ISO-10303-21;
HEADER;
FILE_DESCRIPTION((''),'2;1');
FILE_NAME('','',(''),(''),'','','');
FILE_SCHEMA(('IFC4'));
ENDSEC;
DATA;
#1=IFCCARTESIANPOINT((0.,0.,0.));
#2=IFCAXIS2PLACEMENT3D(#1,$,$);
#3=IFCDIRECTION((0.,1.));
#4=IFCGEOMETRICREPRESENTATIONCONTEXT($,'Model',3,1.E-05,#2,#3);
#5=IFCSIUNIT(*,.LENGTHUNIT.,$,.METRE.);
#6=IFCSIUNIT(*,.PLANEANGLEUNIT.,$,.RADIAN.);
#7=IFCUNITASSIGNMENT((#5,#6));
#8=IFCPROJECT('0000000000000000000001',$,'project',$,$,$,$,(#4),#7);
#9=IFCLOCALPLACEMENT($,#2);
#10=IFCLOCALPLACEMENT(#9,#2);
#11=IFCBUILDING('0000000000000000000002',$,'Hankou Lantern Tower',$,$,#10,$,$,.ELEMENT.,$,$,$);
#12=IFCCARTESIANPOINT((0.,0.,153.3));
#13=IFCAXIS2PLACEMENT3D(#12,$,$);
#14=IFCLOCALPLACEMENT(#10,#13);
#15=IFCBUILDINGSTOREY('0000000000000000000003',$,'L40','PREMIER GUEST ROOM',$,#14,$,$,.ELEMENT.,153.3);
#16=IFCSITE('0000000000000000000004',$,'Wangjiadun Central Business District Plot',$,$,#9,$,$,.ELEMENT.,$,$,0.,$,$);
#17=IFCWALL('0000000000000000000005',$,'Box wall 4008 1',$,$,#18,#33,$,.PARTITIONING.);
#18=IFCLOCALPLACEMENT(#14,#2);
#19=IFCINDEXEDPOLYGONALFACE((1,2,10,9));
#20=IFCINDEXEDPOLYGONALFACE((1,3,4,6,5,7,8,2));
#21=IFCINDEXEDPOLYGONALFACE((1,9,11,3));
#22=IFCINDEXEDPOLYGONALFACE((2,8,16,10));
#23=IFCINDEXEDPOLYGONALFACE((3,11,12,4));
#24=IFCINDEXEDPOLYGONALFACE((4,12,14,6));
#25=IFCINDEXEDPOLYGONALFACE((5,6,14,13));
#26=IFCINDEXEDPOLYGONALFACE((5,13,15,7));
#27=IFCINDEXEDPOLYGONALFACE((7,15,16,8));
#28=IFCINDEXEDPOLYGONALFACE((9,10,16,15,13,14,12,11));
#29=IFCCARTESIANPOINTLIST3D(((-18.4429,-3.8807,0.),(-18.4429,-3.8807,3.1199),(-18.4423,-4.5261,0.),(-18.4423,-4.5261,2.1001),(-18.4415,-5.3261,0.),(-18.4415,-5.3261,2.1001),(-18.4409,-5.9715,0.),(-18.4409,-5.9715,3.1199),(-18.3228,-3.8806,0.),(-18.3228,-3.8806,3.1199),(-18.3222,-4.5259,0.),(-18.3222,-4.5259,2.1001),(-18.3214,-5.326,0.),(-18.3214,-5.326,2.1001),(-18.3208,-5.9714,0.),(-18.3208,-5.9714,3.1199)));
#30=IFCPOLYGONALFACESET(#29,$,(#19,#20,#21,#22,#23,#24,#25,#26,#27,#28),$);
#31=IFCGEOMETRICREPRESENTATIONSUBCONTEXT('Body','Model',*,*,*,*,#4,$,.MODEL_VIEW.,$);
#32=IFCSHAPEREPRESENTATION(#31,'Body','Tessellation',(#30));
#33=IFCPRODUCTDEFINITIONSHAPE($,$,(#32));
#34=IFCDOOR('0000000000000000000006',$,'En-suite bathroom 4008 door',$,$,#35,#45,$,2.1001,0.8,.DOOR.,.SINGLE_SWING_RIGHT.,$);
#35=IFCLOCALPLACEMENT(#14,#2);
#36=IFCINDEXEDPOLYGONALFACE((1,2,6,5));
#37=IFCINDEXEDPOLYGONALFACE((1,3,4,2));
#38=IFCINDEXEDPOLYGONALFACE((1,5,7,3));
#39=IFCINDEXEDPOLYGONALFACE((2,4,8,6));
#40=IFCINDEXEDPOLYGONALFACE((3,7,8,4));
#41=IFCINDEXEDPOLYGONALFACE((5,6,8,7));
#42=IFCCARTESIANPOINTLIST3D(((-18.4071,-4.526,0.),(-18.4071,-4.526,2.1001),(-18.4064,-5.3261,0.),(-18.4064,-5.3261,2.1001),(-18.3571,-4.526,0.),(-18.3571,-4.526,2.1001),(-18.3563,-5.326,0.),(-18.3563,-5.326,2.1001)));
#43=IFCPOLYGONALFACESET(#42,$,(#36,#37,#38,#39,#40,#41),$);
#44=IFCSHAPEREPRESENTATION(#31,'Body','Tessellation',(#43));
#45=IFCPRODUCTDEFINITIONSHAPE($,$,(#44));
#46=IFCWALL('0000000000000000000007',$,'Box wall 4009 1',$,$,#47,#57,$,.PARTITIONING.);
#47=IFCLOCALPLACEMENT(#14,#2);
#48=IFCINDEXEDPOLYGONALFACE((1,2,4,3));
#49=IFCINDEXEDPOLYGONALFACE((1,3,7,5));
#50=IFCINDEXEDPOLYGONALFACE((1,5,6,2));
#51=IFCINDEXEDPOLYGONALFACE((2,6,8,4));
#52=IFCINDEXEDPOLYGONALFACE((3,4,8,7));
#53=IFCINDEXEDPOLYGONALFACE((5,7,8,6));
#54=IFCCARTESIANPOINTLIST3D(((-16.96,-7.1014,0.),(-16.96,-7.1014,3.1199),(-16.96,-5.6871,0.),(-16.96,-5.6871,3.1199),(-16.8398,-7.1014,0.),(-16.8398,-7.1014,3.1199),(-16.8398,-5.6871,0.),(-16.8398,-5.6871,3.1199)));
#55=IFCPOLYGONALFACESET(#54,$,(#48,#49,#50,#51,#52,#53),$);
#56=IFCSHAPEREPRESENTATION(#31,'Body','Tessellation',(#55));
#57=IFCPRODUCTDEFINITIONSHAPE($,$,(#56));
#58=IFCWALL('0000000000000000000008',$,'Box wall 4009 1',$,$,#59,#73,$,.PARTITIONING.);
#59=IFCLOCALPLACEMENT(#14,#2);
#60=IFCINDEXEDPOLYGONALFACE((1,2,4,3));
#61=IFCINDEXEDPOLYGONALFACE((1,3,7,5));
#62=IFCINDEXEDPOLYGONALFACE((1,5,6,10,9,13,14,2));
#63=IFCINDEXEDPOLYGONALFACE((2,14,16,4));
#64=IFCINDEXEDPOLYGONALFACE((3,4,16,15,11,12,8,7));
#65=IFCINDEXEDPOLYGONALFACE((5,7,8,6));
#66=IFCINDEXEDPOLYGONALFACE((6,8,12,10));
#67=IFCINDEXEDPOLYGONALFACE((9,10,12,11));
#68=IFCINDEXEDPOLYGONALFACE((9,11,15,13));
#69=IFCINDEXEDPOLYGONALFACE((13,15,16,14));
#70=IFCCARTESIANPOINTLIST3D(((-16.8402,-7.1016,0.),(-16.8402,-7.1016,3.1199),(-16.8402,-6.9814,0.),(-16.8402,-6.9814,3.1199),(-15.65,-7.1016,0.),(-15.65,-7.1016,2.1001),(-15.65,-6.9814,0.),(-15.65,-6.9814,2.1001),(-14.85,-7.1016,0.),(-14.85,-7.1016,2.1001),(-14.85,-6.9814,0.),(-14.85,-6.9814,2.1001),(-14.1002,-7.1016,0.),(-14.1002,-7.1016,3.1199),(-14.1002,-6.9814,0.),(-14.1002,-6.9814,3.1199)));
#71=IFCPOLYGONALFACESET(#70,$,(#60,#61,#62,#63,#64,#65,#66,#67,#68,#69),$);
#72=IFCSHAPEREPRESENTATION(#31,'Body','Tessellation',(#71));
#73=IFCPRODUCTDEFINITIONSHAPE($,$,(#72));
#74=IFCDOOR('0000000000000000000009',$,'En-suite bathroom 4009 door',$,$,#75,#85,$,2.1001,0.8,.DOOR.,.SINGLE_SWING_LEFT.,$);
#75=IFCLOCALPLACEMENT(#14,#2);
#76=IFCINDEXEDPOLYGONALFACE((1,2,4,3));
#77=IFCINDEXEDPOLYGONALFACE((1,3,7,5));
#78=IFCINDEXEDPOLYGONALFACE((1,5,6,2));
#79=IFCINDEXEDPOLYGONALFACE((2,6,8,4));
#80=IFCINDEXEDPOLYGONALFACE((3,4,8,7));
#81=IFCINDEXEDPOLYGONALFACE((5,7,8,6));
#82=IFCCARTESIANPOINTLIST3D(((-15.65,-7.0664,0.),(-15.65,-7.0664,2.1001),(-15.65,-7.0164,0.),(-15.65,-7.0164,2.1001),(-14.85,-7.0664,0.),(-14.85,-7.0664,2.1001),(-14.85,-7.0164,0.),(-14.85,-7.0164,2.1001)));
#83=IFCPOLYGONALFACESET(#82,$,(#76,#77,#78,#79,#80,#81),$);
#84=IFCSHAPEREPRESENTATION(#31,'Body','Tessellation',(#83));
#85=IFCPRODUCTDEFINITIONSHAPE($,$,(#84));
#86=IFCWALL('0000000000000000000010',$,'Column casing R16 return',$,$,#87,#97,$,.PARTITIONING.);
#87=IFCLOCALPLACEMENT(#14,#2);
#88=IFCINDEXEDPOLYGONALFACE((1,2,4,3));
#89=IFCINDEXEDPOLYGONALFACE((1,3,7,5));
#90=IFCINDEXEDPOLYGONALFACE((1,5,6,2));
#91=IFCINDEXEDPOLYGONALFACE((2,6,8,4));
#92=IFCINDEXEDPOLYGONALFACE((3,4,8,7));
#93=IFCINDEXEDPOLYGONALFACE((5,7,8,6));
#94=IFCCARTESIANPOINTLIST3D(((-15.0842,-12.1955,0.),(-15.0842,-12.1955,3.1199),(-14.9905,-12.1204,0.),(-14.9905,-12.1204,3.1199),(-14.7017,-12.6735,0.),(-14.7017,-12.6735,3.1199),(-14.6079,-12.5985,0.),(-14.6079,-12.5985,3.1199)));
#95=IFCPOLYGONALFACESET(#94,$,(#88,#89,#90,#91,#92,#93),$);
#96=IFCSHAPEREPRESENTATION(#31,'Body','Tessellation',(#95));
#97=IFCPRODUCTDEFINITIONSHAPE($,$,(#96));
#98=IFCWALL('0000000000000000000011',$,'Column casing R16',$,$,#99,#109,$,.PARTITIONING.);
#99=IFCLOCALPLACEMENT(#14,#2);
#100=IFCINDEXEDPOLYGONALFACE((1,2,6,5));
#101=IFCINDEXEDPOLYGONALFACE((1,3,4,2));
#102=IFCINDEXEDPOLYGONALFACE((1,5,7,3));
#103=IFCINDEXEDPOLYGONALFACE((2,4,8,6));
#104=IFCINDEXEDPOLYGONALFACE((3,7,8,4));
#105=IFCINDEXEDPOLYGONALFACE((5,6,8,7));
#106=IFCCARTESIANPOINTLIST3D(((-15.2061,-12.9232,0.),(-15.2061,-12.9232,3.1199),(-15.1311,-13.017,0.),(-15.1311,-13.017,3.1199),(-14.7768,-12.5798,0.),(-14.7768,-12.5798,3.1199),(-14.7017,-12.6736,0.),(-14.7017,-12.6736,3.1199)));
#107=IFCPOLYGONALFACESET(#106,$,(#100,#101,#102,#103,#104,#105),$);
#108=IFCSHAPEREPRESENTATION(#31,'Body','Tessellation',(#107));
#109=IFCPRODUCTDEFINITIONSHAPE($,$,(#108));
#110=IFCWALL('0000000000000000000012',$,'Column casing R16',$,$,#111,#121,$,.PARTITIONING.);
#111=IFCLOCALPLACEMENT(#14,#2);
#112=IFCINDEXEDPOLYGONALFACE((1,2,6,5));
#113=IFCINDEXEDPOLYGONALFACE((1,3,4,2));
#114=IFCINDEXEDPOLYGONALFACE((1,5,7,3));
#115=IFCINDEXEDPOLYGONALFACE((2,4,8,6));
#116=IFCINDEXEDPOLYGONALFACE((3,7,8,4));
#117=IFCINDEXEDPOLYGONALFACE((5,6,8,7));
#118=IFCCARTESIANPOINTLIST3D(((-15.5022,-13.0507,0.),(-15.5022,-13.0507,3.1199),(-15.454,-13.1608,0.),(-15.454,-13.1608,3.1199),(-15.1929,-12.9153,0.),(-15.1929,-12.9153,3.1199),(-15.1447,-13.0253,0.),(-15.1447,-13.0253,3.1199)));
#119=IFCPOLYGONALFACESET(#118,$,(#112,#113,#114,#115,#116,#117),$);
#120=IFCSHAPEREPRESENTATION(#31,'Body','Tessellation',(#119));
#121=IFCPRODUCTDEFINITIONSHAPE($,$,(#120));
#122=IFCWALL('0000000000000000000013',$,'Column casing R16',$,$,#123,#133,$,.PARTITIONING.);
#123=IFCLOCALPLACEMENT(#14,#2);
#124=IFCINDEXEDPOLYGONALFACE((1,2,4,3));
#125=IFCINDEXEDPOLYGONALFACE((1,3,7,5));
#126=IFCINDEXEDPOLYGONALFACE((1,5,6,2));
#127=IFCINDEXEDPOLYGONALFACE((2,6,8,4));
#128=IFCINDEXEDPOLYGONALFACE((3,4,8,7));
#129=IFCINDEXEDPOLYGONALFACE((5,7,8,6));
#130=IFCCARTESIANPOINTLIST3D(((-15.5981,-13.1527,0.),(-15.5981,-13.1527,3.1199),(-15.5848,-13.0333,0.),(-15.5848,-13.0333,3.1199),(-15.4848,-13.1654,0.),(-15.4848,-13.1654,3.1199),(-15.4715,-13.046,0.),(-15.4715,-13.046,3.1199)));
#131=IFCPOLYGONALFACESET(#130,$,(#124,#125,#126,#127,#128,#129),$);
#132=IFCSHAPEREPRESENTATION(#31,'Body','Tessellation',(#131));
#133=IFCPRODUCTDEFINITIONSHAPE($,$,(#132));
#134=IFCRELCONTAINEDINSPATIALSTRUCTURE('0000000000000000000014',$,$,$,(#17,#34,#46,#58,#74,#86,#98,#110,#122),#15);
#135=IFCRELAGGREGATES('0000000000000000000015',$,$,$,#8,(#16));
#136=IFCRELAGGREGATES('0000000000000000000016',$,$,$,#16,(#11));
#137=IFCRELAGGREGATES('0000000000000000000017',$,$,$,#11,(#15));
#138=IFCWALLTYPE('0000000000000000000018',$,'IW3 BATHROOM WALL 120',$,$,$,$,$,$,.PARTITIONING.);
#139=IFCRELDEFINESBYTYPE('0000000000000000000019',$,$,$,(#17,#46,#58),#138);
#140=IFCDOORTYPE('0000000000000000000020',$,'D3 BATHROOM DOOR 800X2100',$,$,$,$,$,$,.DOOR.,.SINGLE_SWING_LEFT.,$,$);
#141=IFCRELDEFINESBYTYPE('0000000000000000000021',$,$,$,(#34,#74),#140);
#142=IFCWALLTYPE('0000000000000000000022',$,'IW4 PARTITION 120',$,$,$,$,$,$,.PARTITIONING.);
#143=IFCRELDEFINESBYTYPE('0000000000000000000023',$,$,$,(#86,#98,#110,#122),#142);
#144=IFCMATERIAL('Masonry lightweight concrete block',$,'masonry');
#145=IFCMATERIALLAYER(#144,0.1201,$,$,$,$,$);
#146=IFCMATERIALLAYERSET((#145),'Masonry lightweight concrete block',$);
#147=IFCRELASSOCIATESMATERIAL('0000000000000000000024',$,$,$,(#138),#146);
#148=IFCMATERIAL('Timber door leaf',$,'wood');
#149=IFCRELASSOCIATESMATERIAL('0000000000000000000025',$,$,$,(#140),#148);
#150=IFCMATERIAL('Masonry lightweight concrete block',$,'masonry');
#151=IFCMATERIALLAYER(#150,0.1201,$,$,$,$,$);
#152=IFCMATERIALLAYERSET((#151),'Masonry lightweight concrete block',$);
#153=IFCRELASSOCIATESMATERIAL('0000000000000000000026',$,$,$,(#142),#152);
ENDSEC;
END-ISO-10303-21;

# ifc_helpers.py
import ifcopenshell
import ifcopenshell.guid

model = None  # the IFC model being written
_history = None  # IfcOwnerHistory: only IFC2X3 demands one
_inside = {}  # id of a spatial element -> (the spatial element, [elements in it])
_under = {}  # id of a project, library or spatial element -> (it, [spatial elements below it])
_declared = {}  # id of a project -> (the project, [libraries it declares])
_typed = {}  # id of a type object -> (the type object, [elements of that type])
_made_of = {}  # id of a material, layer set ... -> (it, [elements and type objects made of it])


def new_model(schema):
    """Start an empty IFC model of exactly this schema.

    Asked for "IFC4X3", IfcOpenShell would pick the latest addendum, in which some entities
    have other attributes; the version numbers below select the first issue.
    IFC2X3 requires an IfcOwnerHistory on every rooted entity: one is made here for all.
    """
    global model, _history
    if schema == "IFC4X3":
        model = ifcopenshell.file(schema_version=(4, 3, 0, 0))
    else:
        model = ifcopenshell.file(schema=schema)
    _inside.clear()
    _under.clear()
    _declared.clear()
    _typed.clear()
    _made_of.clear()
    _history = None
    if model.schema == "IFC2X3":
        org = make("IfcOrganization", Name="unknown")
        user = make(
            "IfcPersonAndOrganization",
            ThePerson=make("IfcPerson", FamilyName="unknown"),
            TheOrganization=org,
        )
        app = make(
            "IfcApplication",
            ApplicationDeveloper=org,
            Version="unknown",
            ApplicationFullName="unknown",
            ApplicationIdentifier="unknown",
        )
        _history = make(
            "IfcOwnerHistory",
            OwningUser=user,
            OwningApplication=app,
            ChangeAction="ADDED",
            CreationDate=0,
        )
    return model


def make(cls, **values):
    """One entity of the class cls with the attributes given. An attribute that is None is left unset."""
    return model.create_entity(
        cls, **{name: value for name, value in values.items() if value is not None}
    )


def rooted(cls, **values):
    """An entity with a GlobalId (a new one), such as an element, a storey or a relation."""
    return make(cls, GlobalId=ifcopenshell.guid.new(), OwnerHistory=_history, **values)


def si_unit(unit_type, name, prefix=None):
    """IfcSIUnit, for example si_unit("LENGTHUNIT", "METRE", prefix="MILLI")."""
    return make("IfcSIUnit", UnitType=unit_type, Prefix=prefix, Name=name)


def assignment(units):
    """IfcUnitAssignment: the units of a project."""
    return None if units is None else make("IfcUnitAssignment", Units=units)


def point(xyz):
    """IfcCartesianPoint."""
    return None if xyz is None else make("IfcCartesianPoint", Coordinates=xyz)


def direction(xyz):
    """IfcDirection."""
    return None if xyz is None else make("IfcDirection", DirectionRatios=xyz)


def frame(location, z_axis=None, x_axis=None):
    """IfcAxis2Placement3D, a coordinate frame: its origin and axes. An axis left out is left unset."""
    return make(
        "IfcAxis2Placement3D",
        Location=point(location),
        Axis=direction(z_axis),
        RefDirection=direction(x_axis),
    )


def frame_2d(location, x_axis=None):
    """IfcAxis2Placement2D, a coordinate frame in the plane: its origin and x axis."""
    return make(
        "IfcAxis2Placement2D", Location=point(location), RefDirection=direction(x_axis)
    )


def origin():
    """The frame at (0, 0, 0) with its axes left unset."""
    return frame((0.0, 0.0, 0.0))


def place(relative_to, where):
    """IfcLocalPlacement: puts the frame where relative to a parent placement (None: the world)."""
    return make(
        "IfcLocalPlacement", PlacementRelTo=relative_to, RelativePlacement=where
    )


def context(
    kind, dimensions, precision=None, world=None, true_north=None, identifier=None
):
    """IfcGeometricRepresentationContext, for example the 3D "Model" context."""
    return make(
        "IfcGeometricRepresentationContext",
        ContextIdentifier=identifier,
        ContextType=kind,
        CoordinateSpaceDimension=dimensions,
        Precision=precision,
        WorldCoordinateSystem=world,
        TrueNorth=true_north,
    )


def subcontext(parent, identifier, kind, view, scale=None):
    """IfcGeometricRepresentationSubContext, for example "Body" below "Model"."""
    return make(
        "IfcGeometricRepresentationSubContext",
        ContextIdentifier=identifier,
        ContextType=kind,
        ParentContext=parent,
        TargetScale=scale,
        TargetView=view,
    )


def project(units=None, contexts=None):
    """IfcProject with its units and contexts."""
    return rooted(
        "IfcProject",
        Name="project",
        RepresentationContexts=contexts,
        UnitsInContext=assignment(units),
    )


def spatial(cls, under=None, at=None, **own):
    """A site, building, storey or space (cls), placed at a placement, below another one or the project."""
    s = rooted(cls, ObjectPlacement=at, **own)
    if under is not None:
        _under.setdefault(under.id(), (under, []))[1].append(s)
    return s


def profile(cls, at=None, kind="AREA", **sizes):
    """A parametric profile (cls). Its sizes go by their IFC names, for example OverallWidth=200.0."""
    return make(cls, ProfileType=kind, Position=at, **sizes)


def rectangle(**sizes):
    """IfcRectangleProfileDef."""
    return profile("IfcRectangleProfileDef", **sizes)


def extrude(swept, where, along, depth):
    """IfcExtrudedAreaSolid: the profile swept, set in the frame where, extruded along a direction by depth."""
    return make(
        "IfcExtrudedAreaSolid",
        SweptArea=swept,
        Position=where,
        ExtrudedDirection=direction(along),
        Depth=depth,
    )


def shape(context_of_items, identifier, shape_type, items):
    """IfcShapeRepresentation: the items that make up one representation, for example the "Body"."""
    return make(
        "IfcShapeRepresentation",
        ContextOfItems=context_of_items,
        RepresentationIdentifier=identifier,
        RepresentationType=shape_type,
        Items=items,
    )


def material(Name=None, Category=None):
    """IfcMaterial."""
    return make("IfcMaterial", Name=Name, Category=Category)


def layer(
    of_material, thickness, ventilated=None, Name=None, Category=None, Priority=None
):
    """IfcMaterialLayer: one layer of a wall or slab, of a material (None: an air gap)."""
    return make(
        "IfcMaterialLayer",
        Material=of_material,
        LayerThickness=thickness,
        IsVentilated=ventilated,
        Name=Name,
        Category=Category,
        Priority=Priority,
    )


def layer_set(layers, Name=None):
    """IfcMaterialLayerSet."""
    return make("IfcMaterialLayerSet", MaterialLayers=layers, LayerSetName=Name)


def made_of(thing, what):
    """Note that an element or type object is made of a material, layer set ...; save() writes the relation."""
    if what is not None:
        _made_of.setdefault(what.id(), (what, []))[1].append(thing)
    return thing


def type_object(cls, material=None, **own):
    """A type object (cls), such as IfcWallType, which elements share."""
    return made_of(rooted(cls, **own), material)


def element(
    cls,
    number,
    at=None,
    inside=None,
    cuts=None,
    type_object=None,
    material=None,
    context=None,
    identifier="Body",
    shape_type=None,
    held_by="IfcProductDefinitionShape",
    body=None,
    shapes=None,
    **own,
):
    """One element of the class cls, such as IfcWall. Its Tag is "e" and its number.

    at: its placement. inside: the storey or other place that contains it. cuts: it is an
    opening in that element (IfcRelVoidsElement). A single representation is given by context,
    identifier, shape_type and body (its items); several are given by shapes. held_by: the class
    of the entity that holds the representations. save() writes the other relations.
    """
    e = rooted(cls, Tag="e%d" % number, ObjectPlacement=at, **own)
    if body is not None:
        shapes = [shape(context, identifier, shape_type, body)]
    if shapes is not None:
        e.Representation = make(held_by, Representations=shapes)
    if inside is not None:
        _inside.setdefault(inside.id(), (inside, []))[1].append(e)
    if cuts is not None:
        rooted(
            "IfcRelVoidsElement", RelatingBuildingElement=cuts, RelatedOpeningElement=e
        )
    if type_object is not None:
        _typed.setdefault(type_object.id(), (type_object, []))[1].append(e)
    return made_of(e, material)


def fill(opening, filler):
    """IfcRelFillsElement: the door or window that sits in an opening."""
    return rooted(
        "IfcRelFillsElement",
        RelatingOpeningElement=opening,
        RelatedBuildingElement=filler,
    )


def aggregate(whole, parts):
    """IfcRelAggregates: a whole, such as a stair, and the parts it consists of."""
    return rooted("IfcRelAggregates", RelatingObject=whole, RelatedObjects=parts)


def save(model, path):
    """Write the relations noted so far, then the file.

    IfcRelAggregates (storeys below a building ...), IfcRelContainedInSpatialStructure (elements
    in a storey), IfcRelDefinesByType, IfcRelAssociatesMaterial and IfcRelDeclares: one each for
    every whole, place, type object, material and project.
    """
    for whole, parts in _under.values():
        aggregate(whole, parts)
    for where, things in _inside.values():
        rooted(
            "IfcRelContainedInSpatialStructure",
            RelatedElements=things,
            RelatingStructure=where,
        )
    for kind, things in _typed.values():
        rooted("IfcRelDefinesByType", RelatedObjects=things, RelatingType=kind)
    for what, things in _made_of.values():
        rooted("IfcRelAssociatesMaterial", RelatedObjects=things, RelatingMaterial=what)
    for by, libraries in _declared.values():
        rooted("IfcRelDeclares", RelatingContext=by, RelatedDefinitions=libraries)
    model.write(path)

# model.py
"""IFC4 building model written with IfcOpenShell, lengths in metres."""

from ifc_helpers import new_model, si_unit, direction, frame, frame_2d, origin, place, context, subcontext, project, spatial, rectangle, extrude, material, layer, layer_set, type_object, element, fill, save


model = new_model("IFC4")

# Units and contexts
model_context = context("Model", 3, precision=1e-05, world=origin(), true_north=direction((0.0, 1.0)))
body_context = subcontext(model_context, "Body", "Model", "MODEL_VIEW")
ifc_project = project(units=[si_unit("LENGTHUNIT", "METRE"), si_unit("PLANEANGLEUNIT", "RADIAN")], contexts=[model_context])

# Site, building, storey
site_placement = place(None, origin())
site = spatial("IfcSite", under=ifc_project, at=site_placement, Name="Wangjiadun Central Business District Plot", CompositionType="ELEMENT", RefElevation=0.0)
building_placement = place(site_placement, origin())
building = spatial("IfcBuilding", under=site, at=building_placement, Name="Hankou Lantern Tower", CompositionType="ELEMENT")
storey_placement = place(building_placement, frame((0.0, 0.0, 153.3)))
storey = spatial("IfcBuildingStorey", under=building, at=storey_placement, Name="L40", Description="PREMIER GUEST ROOM", CompositionType="ELEMENT", Elevation=153.3)

# Wall, opening, door
ifc_material_1 = material(Name="Masonry lightweight concrete block", Category="masonry")
ifc_layer_1 = layer(ifc_material_1, 0.1201)
ifc_layer_set_1 = layer_set([ifc_layer_1], Name="Masonry lightweight concrete block")
wall_type_1 = type_object("IfcWallType", Name="IW3 BATHROOM WALL 120", PredefinedType="PARTITIONING", material=ifc_layer_set_1)
wall_1_placement = place(storey_placement, frame((-18.3809, -5.9714, 0.0), z_axis=(0.0, 0.0, 1.0), x_axis=(-0.000934, 1.0, 0.0)))
wall_1 = element("IfcWall", 1, at=wall_1_placement, inside=storey, type_object=wall_type_1, Name="Box wall 4008 1", PredefinedType="PARTITIONING", context=body_context, shape_type="SweptSolid", body=[
    extrude(rectangle(XDim=2.0908, YDim=0.1201, at=frame_2d((1.0454, 0.0))), origin(), (0.0, 0.0, 1.0), 3.1199),
])
opening_1_placement = place(wall_1_placement, frame((0.6455, 0.0, 0.0)))
opening_1 = element("IfcOpeningElement", 2, at=opening_1_placement, cuts=wall_1, PredefinedType="OPENING", context=body_context, shape_type="SweptSolid", body=[
    extrude(rectangle(XDim=0.8, YDim=2.1001, at=frame_2d((0.3999, 1.05))), frame((0.0, 0.0701, 0.0), z_axis=(0.0, -1.0, 0.0), x_axis=(1.0, 0.0, 0.0)), (0.0, 0.0, 1.0), 0.1401),
])
ifc_material_2 = material(Name="Timber door leaf", Category="wood")
door_type = type_object("IfcDoorType", Name="D3 BATHROOM DOOR 800X2100", OperationType="SINGLE_SWING_LEFT", PredefinedType="DOOR", material=ifc_material_2)
door_1_placement = place(opening_1_placement, origin())
door_1 = element("IfcDoor", 3, at=door_1_placement, inside=storey, type_object=door_type, Name="En-suite bathroom 4008 door", OperationType="SINGLE_SWING_RIGHT", OverallHeight=2.1001, OverallWidth=0.8, PredefinedType="DOOR", context=body_context, shape_type="SweptSolid", body=[
    extrude(rectangle(XDim=0.8, YDim=2.1001, at=frame_2d((0.3999, 1.05))), frame((0.0, 0.0249, 0.0), z_axis=(0.0, -1.0, 0.0), x_axis=(1.0, 0.0, 0.0)), (0.0, 0.0, 1.0), 0.05),
])
fill(opening_1, door_1)

# Wall
wall_2_placement = place(storey_placement, frame((-16.8999, -5.6873, 0.0), z_axis=(0.0, 0.0, 1.0), x_axis=(0.0, -1.0, 0.0)))
element("IfcWall", 4, at=wall_2_placement, inside=storey, type_object=wall_type_1, Name="Box wall 4009 1", PredefinedType="PARTITIONING", context=body_context, shape_type="SweptSolid", body=[
    extrude(rectangle(XDim=1.4143, YDim=0.1201, at=frame_2d((0.707, 0.0))), origin(), (0.0, 0.0, 1.0), 3.1199),
])

# Wall, opening, door
wall_3_placement = place(storey_placement, frame((-14.1001, -7.0415, 0.0), z_axis=(0.0, 0.0, 1.0), x_axis=(-1.0, 0.0, 0.0)))
wall_3 = element("IfcWall", 5, at=wall_3_placement, inside=storey, type_object=wall_type_1, Name="Box wall 4009 1", PredefinedType="PARTITIONING", context=body_context, shape_type="SweptSolid", body=[
    extrude(rectangle(XDim=2.74, YDim=0.1201, at=frame_2d((1.3701, 0.0))), origin(), (0.0, 0.0, 1.0), 3.1199),
])
opening_2_placement = place(wall_3_placement, frame((0.75, 0.0, 0.0)))
opening_2 = element("IfcOpeningElement", 6, at=opening_2_placement, cuts=wall_3, PredefinedType="OPENING", context=body_context, shape_type="SweptSolid", body=[
    extrude(rectangle(XDim=0.8, YDim=2.1001, at=frame_2d((0.3999, 1.05))), frame((0.0, 0.0701, 0.0), z_axis=(0.0, -1.0, 0.0), x_axis=(1.0, 0.0, 0.0)), (0.0, 0.0, 1.0), 0.1401),
])
door_2_placement = place(opening_2_placement, origin())
door_2 = element("IfcDoor", 7, at=door_2_placement, inside=storey, type_object=door_type, Name="En-suite bathroom 4009 door", OperationType="SINGLE_SWING_LEFT", OverallHeight=2.1001, OverallWidth=0.8, PredefinedType="DOOR", context=body_context, shape_type="SweptSolid", body=[
    extrude(rectangle(XDim=0.8, YDim=2.1001, at=frame_2d((0.3999, 1.05))), frame((0.0, 0.0249, 0.0), z_axis=(0.0, -1.0, 0.0), x_axis=(1.0, 0.0, 0.0)), (0.0, 0.0, 1.0), 0.05),
])
fill(opening_2, door_2)

# Walls
ifc_material_3 = material(Name="Masonry lightweight concrete block", Category="masonry")
ifc_layer_2 = layer(ifc_material_3, 0.1201)
ifc_layer_set_2 = layer_set([ifc_layer_2], Name="Masonry lightweight concrete block")
wall_type_2 = type_object("IfcWallType", Name="IW4 PARTITION 120", PredefinedType="PARTITIONING", material=ifc_layer_set_2)
wall_4_placement = place(storey_placement, frame((-15.0374, -12.158, 0.0), z_axis=(0.0, 0.0, 1.0), x_axis=(0.624841, -0.780752, 0.0)))
element("IfcWall", 8, at=wall_4_placement, inside=storey, type_object=wall_type_2, Name="Column casing R16 return", PredefinedType="PARTITIONING", context=body_context, shape_type="SweptSolid", body=[
    extrude(rectangle(XDim=0.6123, YDim=0.1201, at=frame_2d((0.3062, 0.0))), origin(), (0.0, 0.0, 1.0), 3.1199),
])
wall_5_placement = place(storey_placement, frame((-14.7393, -12.6267, 0.0), z_axis=(0.0, 0.0, 1.0), x_axis=(-0.780912, -0.624641, 0.0)))
element("IfcWall", 9, at=wall_5_placement, inside=storey, type_object=wall_type_2, Name="Column casing R16", PredefinedType="PARTITIONING", context=body_context, shape_type="SweptSolid", body=[
    extrude(rectangle(XDim=0.5498, YDim=0.1201, at=frame_2d((0.2749, 0.0))), origin(), (0.0, 0.0, 1.0), 3.1199),
])
wall_6_placement = place(storey_placement, frame((-15.1687, -12.9702, 0.0), z_axis=(0.0, 0.0, 1.0), x_axis=(-0.915975, -0.401236, 0.0)))
element("IfcWall", 10, at=wall_6_placement, inside=storey, type_object=wall_type_2, Name="Column casing R16", PredefinedType="PARTITIONING", context=body_context, shape_type="SweptSolid", body=[
    extrude(rectangle(XDim=0.3376, YDim=0.1201, at=frame_2d((0.1689, 0.0))), origin(), (0.0, 0.0, 1.0), 3.1199),
])
wall_7_placement = place(storey_placement, frame((-15.478, -13.1057, 0.0), z_axis=(0.0, 0.0, 1.0), x_axis=(-0.993779, 0.111372, 0.0)))
element("IfcWall", 11, at=wall_7_placement, inside=storey, type_object=wall_type_2, Name="Column casing R16", PredefinedType="PARTITIONING", context=body_context, shape_type="SweptSolid", body=[
    extrude(rectangle(XDim=0.114, YDim=0.1201, at=frame_2d((0.0571, 0.0))), origin(), (0.0, 0.0, 1.0), 3.1199),
])

save(model, "model.ifc")
